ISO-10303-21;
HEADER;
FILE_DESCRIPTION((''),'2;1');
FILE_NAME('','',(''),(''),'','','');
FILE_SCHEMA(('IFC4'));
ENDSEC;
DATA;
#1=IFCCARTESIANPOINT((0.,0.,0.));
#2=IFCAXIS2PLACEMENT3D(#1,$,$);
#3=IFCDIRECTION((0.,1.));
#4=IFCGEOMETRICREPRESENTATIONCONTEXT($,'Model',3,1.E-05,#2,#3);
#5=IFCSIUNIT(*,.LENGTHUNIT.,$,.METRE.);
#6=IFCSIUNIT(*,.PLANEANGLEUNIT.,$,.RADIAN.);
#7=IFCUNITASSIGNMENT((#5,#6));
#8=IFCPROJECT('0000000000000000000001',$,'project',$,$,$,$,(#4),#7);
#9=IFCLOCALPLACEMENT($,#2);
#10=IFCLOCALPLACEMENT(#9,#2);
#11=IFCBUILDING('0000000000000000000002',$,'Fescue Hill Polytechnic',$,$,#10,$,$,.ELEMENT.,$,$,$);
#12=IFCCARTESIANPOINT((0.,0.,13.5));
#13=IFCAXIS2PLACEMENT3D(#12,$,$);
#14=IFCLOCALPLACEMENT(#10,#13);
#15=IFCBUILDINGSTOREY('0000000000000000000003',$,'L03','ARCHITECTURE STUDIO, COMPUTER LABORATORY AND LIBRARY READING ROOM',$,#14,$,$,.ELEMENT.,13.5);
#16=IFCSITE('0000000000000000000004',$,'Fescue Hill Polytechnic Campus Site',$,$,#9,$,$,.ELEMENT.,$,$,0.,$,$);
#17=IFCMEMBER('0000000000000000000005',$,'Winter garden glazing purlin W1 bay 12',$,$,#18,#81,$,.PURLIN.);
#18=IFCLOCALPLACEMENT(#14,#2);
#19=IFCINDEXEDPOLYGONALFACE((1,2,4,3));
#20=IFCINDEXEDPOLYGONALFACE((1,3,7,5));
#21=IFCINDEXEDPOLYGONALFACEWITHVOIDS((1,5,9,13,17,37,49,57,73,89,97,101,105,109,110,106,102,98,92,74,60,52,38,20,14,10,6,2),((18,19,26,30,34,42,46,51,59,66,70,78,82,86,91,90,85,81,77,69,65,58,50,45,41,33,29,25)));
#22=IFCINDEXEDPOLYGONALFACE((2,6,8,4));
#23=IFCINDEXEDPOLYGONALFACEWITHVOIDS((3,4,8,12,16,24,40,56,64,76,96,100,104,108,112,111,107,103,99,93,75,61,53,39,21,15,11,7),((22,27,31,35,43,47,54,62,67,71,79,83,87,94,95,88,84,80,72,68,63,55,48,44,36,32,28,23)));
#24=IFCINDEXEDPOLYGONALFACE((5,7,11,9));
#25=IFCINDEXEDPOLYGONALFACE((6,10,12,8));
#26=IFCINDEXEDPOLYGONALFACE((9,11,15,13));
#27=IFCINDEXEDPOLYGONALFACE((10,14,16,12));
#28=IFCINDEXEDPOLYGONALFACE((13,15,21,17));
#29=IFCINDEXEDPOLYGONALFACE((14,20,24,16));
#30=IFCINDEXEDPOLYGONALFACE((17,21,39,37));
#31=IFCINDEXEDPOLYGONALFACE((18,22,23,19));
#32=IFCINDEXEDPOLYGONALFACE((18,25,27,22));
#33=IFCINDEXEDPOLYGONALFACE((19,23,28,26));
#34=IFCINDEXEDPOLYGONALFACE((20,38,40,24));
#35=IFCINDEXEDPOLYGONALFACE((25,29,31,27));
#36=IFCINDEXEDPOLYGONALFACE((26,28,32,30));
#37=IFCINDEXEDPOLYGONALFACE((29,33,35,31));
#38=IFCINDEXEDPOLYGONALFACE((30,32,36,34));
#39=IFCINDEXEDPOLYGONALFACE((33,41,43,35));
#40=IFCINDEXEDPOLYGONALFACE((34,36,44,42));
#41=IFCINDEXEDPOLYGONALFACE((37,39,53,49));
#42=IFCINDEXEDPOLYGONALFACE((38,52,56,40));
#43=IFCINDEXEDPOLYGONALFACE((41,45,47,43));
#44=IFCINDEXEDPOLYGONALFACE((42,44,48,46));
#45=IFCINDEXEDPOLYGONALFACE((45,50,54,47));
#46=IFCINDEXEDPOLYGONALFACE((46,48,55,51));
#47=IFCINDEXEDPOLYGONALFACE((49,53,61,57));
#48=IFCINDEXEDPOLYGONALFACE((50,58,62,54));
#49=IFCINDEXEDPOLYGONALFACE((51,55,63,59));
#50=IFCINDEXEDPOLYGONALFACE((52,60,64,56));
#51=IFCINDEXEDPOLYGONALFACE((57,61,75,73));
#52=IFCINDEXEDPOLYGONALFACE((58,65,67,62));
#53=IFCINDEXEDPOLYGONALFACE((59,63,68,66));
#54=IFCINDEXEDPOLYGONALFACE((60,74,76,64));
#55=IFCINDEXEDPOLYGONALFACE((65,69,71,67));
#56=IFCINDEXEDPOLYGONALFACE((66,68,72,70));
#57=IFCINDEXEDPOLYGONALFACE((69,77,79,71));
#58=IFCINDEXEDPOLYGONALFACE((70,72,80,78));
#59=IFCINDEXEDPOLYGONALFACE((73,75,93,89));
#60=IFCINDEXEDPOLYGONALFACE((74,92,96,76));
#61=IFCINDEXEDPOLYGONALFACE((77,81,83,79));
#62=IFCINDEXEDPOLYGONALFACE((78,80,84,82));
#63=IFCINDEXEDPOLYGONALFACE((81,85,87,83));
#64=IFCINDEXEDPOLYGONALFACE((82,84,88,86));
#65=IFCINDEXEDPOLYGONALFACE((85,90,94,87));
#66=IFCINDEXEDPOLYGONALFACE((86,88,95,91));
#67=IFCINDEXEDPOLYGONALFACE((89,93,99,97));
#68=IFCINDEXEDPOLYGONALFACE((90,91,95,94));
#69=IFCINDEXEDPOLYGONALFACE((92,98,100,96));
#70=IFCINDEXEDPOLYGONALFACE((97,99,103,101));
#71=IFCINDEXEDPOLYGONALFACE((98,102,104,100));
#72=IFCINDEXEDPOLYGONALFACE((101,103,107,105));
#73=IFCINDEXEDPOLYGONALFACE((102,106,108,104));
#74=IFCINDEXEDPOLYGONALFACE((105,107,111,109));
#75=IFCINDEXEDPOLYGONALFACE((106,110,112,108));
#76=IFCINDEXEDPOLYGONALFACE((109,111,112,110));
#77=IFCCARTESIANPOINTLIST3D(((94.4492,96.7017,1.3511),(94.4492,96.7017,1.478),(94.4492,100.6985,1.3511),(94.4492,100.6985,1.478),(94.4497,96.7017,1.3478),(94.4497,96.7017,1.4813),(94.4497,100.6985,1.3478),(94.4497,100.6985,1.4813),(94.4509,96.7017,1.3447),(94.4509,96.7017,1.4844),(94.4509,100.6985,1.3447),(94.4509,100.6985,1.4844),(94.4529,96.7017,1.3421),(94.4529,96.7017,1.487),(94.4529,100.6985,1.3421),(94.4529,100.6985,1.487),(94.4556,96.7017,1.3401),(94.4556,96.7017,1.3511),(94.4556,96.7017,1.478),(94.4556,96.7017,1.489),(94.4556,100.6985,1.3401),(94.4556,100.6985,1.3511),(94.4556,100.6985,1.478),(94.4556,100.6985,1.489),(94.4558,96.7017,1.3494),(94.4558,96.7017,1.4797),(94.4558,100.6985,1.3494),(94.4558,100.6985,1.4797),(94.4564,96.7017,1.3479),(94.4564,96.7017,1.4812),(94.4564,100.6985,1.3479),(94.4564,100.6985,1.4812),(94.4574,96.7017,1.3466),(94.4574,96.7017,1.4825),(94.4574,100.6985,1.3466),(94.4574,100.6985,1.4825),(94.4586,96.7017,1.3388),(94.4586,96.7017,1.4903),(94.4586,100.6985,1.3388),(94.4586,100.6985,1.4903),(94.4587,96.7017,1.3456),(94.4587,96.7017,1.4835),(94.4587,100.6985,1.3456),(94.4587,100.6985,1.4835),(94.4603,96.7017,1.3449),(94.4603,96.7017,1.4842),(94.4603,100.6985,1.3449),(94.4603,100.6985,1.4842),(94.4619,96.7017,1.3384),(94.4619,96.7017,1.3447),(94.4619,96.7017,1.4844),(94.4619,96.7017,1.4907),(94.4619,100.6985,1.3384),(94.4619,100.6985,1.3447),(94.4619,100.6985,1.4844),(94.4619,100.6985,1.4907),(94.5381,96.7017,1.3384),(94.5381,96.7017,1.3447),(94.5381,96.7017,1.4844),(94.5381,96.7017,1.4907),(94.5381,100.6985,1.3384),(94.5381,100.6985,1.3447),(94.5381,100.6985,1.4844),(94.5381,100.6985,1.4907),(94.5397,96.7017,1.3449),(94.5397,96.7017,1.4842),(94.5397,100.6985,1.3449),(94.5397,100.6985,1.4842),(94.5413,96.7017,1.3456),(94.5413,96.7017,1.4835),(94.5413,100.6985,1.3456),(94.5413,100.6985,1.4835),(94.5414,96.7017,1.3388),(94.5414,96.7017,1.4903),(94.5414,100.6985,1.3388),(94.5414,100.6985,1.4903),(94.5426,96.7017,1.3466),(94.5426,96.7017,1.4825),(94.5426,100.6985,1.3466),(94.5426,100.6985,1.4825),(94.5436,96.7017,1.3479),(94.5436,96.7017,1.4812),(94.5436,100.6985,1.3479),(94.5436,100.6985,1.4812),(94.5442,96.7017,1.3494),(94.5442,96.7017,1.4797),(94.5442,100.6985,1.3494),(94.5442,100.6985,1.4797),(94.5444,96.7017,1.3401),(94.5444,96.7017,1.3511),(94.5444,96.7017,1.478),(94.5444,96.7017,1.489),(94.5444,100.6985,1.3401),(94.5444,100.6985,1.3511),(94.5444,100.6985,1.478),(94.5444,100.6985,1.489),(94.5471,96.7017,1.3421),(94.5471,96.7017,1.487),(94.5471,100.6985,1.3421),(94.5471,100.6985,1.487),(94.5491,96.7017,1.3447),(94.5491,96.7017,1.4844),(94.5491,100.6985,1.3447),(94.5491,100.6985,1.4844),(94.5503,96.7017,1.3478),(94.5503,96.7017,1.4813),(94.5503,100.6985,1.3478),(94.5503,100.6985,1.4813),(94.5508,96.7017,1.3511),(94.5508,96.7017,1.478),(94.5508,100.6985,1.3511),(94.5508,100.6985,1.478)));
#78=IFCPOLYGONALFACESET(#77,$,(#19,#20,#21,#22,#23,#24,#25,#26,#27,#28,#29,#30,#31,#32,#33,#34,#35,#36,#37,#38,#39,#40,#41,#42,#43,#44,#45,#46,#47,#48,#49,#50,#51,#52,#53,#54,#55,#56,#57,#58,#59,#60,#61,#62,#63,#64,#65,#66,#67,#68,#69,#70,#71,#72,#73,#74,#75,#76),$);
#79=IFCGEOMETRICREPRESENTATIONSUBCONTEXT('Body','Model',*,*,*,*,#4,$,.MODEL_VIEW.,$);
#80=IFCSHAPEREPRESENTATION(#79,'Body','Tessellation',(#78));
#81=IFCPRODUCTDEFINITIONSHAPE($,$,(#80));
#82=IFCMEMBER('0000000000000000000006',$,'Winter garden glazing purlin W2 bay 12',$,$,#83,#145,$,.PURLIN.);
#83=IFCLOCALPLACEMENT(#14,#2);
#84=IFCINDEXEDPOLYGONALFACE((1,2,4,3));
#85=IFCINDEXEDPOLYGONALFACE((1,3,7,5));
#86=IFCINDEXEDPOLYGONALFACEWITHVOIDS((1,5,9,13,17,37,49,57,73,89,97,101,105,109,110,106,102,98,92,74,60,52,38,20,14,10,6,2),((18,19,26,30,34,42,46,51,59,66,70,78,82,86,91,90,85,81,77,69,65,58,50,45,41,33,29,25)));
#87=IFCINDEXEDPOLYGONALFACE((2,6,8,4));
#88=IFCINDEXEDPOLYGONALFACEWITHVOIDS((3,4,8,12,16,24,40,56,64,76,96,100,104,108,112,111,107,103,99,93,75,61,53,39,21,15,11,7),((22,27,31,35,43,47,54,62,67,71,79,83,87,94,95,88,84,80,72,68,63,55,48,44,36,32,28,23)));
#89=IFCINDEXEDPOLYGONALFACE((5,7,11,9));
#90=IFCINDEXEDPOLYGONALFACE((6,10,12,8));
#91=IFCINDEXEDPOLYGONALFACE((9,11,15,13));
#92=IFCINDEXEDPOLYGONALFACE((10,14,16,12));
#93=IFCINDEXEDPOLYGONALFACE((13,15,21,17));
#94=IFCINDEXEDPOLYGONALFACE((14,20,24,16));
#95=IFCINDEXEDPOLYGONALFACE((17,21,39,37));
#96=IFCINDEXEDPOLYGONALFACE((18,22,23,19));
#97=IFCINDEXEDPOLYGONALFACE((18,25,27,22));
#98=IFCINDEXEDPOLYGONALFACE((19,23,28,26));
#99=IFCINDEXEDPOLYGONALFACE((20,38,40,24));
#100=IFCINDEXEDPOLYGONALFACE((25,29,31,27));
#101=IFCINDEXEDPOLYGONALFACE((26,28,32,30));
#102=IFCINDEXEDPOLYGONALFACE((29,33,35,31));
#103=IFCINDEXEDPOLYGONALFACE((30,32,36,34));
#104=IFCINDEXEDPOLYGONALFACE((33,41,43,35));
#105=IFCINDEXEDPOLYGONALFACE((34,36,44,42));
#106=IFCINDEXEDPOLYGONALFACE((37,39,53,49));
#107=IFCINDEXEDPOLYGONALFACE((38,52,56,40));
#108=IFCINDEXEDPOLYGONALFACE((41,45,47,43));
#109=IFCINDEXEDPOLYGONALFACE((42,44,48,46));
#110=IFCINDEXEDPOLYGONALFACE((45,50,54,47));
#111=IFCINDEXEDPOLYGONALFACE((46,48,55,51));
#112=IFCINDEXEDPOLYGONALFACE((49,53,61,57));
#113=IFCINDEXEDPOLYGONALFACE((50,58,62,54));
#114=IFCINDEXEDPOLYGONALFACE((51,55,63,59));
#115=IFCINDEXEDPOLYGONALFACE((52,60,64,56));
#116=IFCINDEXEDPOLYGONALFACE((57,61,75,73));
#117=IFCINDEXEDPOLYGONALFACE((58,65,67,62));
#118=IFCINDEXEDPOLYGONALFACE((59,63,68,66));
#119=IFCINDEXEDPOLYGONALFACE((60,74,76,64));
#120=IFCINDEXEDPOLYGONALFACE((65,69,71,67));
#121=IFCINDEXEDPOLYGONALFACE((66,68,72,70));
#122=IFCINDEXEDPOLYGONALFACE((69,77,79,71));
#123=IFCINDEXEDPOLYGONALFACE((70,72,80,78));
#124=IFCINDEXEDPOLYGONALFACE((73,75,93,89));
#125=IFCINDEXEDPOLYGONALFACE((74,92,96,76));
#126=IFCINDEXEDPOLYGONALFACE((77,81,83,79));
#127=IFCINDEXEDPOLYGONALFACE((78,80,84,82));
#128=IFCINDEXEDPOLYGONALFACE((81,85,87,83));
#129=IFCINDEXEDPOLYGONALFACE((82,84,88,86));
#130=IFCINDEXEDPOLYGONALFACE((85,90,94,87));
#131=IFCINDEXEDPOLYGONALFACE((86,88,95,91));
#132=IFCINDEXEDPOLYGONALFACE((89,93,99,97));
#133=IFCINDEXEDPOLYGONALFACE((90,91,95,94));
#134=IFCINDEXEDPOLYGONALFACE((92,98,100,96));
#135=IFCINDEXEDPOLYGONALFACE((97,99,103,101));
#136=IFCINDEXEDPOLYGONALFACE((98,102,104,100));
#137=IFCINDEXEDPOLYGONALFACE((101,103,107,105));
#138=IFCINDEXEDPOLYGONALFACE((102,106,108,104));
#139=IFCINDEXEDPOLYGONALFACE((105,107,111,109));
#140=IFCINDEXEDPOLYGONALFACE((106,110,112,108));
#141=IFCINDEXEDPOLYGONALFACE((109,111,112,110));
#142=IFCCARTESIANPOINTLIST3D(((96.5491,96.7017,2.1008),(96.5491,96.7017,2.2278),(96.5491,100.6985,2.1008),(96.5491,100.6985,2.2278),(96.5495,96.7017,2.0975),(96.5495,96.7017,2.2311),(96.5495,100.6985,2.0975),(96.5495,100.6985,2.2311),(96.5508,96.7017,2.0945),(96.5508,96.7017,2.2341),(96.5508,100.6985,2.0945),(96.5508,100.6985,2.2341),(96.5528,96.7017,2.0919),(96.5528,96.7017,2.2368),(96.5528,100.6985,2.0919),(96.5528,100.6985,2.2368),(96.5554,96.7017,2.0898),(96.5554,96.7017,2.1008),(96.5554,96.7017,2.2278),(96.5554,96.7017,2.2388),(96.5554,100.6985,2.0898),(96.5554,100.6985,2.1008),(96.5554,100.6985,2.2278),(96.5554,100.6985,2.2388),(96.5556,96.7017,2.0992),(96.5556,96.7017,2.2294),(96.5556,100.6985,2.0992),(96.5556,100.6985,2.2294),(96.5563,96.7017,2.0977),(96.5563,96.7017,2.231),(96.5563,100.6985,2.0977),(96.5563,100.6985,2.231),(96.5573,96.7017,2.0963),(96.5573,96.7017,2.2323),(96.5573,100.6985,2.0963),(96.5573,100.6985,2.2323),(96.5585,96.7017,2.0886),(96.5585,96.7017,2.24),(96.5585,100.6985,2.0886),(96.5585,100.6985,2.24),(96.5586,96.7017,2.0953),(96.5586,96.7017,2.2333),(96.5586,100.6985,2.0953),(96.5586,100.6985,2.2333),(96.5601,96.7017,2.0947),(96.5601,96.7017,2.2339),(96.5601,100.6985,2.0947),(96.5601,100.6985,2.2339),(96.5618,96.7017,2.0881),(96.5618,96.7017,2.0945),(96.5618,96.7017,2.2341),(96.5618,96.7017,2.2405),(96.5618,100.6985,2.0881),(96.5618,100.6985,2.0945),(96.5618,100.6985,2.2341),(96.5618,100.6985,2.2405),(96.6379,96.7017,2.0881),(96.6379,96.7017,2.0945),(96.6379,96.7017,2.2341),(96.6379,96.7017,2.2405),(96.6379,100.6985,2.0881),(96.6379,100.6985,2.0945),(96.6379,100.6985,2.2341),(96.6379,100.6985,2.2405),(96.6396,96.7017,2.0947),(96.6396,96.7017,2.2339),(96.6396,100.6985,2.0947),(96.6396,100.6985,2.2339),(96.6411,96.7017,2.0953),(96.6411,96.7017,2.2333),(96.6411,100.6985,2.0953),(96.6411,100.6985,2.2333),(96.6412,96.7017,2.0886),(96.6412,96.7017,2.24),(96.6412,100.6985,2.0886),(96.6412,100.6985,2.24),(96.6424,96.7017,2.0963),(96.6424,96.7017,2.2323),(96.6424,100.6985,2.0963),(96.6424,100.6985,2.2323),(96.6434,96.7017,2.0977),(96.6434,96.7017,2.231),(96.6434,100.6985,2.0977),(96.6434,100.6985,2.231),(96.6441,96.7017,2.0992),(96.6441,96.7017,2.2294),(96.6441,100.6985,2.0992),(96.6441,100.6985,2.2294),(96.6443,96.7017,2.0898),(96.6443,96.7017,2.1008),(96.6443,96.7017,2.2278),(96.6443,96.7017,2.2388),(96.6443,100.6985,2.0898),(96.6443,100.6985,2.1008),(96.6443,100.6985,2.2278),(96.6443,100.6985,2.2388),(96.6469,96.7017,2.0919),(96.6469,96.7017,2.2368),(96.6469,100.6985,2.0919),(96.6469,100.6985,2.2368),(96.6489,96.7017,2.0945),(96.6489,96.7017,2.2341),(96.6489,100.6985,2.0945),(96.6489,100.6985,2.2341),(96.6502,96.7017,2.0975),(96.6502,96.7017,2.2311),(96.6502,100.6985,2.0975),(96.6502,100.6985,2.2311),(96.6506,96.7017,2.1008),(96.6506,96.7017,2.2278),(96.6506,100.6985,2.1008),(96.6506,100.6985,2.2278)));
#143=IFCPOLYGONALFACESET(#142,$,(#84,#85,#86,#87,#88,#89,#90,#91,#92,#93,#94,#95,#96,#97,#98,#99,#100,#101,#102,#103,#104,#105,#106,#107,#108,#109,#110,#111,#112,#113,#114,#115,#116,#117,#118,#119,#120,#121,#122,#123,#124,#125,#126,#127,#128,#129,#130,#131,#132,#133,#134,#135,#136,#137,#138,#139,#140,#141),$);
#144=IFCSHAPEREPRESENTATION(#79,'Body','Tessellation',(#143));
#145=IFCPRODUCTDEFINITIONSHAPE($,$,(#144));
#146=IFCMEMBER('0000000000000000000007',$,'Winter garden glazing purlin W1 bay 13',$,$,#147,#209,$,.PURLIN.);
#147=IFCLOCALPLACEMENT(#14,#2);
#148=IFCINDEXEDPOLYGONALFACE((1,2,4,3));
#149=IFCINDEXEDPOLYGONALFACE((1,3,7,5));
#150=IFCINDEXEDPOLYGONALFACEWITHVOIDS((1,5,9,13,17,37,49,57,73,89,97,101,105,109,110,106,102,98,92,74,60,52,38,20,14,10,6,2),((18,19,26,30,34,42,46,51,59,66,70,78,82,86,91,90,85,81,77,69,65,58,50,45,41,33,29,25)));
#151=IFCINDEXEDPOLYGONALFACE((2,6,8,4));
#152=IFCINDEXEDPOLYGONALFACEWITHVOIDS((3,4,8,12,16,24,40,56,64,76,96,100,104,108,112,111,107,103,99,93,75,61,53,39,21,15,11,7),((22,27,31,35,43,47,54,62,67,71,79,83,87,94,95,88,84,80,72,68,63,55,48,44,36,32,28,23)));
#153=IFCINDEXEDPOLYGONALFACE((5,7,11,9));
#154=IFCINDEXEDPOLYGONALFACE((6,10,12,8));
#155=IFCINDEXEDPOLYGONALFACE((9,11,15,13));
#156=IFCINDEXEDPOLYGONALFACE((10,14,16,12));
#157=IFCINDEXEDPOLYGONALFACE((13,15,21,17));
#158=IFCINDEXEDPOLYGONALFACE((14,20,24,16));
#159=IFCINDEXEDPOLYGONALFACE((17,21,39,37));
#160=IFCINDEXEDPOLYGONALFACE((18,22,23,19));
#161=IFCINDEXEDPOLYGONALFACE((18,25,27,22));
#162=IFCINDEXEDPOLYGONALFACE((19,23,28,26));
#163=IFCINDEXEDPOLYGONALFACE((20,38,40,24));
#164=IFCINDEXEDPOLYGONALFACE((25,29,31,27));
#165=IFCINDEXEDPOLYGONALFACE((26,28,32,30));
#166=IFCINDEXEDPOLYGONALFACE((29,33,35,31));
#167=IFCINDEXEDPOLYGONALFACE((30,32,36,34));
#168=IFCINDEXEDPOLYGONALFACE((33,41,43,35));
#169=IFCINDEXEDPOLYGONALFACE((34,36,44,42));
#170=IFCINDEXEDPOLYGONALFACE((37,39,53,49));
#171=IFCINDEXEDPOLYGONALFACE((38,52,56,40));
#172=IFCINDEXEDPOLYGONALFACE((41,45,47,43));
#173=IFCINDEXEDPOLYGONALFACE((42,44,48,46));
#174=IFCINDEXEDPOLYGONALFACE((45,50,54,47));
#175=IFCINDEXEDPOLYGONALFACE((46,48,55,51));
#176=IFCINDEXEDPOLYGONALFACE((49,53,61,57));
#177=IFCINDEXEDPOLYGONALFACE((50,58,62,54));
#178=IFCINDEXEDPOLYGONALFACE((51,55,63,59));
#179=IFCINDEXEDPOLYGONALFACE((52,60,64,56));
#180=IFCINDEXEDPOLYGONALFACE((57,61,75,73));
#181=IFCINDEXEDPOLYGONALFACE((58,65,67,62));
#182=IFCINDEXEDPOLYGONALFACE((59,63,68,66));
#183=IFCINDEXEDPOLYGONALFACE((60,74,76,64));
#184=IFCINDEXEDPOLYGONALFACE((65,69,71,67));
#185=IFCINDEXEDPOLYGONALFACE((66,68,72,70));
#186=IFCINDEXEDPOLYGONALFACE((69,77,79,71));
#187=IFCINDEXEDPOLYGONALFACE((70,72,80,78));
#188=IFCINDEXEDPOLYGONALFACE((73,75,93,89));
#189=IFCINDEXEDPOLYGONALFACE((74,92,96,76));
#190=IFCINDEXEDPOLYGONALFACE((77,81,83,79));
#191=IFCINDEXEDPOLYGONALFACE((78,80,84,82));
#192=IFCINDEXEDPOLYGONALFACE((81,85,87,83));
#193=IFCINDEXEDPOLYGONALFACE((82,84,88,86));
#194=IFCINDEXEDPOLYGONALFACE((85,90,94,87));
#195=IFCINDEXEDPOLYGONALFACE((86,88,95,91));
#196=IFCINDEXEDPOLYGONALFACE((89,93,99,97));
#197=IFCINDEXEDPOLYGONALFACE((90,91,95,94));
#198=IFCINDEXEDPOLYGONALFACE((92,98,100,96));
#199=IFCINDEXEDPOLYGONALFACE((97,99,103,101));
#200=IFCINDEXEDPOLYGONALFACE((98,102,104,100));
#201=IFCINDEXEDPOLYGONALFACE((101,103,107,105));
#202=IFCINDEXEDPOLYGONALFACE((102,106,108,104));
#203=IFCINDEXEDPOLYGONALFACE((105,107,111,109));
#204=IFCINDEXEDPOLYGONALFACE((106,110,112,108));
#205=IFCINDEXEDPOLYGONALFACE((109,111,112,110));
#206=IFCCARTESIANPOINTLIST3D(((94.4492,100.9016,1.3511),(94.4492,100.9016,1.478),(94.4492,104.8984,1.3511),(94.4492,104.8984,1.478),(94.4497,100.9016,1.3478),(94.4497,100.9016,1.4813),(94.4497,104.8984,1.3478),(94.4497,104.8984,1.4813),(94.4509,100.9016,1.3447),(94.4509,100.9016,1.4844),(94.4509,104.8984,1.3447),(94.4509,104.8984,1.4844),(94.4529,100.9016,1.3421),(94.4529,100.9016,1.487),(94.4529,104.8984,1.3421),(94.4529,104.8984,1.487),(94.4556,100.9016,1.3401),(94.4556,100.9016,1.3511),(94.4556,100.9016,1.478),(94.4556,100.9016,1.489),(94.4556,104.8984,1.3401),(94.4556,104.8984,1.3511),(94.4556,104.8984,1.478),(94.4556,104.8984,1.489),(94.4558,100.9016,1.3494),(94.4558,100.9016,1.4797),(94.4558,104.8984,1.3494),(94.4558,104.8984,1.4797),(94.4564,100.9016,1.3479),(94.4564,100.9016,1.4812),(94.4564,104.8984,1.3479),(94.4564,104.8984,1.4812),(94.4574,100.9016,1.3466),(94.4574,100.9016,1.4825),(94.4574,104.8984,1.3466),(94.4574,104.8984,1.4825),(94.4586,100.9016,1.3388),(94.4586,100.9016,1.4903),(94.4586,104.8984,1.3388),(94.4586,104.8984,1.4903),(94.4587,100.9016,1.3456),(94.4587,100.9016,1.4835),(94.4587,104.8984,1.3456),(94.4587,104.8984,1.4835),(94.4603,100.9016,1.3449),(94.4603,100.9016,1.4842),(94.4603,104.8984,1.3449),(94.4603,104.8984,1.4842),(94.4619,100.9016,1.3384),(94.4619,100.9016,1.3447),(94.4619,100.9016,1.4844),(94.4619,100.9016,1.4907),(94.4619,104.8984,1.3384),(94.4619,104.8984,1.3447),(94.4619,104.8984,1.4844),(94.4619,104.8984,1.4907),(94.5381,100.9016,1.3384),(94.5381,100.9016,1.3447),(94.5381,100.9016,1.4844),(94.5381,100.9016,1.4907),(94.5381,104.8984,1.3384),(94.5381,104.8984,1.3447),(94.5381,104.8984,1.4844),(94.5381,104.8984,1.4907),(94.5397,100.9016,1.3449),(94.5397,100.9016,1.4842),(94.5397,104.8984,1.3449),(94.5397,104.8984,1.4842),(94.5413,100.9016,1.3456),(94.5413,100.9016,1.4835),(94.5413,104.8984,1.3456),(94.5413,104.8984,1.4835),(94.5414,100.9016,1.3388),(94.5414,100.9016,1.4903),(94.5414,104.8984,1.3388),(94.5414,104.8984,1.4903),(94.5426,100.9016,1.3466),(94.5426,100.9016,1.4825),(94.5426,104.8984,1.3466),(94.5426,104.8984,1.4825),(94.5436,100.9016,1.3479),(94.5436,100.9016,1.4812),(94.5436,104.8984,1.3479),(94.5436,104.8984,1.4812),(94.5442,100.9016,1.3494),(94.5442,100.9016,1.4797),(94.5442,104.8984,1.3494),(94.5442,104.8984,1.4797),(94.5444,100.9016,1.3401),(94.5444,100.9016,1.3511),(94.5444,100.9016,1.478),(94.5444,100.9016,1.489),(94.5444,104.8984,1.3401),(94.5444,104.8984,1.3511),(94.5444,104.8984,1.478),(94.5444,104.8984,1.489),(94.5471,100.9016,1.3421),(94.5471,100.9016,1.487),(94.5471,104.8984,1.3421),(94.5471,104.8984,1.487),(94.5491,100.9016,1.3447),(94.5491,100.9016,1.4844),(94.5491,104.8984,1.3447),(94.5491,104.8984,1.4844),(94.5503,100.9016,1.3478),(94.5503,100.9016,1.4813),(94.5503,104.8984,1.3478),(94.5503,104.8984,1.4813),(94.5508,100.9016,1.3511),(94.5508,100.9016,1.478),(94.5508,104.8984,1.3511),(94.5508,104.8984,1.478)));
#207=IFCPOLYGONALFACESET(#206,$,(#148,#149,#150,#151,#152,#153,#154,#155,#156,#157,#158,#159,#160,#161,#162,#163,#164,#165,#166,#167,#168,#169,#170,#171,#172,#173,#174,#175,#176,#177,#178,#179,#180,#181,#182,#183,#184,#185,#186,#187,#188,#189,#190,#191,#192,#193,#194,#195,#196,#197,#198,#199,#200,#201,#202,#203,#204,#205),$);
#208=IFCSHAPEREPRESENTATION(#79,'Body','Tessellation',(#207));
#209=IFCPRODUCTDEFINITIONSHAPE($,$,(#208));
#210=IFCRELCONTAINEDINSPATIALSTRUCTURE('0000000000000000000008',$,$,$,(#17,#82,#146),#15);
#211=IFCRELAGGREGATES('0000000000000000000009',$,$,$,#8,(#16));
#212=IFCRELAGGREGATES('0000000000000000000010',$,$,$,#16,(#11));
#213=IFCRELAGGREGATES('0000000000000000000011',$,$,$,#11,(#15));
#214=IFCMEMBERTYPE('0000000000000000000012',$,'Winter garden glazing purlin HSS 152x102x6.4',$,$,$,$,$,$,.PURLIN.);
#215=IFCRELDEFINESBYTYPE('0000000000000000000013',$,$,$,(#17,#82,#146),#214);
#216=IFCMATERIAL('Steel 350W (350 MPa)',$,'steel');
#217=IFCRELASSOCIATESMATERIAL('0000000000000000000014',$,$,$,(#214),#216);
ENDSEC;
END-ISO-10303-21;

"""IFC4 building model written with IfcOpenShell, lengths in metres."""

from ifc_helpers import new_model, si_unit, direction, frame, origin, origin_2d, place, context, subcontext, project, spatial, hollow_rectangle, extrude, material, material_profile, profile_set, type_object, element, save


model = new_model("IFC4")

# Units and contexts
model_context = context("Model", 3, precision=1e-05, world=origin(), true_north=direction((0.0, 1.0)))
body_context = subcontext(model_context, "Body", "Model", "MODEL_VIEW")
ifc_project = project(units=[si_unit("LENGTHUNIT", "METRE"), si_unit("PLANEANGLEUNIT", "RADIAN")], contexts=[model_context])

# Site, building, storey
site_placement = place(None, origin())
site = spatial("IfcSite", under=ifc_project, at=site_placement, Name="Fescue Hill Polytechnic Campus Site", CompositionType="ELEMENT", RefElevation=0.0)
building_placement = place(site_placement, origin())
building = spatial("IfcBuilding", under=site, at=building_placement, Name="Fescue Hill Polytechnic", CompositionType="ELEMENT")
storey_placement = place(building_placement, frame((0.0, 0.0, 13.5)))
storey = spatial("IfcBuildingStorey", under=building, at=storey_placement, Name="L03", Description="ARCHITECTURE STUDIO, COMPUTER LABORATORY AND LIBRARY READING ROOM", CompositionType="ELEMENT", Elevation=13.5)

# Members
ifc_material_1 = material(Name="Steel 350W (350 MPa)", Category="steel")
ifc_material_profile_1 = material_profile(ifc_material_1, hollow_rectangle(XDim=0.1016, YDim=0.1523, WallThickness=0.0063, InnerFilletRadius=0.0063, OuterFilletRadius=0.0127, at=origin_2d()), Name="Winter garden glazing purlin HSS 152x102x6.4")
ifc_profile_set_1 = profile_set([ifc_material_profile_1], Name="Steel 350W (350 MPa)")
member_type_1 = type_object("IfcMemberType", Name="Winter garden glazing purlin HSS 152x102x6.4", PredefinedType="PURLIN", material=ifc_profile_set_1)
for number, where, z_axis, x_axis, name in (
    (1, (94.5, 96.7017, 1.4146), (0.0, 1.0, 0.0), (-1.0, 0.0, 0.0), "Winter garden glazing purlin W1 bay 12"),
    (2, (96.5999, 96.7017, 2.1643), (0.0, 1.0, 0.0), (-1.0, 0.0, 0.0), "Winter garden glazing purlin W2 bay 12"),
    (3, (94.5, 100.9016, 1.4146), (0.0, 1.0, 0.0), (-1.0, 0.0, 0.0), "Winter garden glazing purlin W1 bay 13"),
):
    element("IfcMember", number, at=place(storey_placement, frame(where, z_axis=z_axis, x_axis=x_axis)), inside=storey, type_object=member_type_1, Name=name, PredefinedType="PURLIN", context=body_context, shape_type="SweptSolid", body=[
        extrude(hollow_rectangle(XDim=0.1016, YDim=0.1523, WallThickness=0.0063, InnerFilletRadius=0.0063, OuterFilletRadius=0.0127, at=origin_2d()), origin(), (0.0, 0.0, 1.0), 3.9968),
    ])

save(model, "model.ifc")
